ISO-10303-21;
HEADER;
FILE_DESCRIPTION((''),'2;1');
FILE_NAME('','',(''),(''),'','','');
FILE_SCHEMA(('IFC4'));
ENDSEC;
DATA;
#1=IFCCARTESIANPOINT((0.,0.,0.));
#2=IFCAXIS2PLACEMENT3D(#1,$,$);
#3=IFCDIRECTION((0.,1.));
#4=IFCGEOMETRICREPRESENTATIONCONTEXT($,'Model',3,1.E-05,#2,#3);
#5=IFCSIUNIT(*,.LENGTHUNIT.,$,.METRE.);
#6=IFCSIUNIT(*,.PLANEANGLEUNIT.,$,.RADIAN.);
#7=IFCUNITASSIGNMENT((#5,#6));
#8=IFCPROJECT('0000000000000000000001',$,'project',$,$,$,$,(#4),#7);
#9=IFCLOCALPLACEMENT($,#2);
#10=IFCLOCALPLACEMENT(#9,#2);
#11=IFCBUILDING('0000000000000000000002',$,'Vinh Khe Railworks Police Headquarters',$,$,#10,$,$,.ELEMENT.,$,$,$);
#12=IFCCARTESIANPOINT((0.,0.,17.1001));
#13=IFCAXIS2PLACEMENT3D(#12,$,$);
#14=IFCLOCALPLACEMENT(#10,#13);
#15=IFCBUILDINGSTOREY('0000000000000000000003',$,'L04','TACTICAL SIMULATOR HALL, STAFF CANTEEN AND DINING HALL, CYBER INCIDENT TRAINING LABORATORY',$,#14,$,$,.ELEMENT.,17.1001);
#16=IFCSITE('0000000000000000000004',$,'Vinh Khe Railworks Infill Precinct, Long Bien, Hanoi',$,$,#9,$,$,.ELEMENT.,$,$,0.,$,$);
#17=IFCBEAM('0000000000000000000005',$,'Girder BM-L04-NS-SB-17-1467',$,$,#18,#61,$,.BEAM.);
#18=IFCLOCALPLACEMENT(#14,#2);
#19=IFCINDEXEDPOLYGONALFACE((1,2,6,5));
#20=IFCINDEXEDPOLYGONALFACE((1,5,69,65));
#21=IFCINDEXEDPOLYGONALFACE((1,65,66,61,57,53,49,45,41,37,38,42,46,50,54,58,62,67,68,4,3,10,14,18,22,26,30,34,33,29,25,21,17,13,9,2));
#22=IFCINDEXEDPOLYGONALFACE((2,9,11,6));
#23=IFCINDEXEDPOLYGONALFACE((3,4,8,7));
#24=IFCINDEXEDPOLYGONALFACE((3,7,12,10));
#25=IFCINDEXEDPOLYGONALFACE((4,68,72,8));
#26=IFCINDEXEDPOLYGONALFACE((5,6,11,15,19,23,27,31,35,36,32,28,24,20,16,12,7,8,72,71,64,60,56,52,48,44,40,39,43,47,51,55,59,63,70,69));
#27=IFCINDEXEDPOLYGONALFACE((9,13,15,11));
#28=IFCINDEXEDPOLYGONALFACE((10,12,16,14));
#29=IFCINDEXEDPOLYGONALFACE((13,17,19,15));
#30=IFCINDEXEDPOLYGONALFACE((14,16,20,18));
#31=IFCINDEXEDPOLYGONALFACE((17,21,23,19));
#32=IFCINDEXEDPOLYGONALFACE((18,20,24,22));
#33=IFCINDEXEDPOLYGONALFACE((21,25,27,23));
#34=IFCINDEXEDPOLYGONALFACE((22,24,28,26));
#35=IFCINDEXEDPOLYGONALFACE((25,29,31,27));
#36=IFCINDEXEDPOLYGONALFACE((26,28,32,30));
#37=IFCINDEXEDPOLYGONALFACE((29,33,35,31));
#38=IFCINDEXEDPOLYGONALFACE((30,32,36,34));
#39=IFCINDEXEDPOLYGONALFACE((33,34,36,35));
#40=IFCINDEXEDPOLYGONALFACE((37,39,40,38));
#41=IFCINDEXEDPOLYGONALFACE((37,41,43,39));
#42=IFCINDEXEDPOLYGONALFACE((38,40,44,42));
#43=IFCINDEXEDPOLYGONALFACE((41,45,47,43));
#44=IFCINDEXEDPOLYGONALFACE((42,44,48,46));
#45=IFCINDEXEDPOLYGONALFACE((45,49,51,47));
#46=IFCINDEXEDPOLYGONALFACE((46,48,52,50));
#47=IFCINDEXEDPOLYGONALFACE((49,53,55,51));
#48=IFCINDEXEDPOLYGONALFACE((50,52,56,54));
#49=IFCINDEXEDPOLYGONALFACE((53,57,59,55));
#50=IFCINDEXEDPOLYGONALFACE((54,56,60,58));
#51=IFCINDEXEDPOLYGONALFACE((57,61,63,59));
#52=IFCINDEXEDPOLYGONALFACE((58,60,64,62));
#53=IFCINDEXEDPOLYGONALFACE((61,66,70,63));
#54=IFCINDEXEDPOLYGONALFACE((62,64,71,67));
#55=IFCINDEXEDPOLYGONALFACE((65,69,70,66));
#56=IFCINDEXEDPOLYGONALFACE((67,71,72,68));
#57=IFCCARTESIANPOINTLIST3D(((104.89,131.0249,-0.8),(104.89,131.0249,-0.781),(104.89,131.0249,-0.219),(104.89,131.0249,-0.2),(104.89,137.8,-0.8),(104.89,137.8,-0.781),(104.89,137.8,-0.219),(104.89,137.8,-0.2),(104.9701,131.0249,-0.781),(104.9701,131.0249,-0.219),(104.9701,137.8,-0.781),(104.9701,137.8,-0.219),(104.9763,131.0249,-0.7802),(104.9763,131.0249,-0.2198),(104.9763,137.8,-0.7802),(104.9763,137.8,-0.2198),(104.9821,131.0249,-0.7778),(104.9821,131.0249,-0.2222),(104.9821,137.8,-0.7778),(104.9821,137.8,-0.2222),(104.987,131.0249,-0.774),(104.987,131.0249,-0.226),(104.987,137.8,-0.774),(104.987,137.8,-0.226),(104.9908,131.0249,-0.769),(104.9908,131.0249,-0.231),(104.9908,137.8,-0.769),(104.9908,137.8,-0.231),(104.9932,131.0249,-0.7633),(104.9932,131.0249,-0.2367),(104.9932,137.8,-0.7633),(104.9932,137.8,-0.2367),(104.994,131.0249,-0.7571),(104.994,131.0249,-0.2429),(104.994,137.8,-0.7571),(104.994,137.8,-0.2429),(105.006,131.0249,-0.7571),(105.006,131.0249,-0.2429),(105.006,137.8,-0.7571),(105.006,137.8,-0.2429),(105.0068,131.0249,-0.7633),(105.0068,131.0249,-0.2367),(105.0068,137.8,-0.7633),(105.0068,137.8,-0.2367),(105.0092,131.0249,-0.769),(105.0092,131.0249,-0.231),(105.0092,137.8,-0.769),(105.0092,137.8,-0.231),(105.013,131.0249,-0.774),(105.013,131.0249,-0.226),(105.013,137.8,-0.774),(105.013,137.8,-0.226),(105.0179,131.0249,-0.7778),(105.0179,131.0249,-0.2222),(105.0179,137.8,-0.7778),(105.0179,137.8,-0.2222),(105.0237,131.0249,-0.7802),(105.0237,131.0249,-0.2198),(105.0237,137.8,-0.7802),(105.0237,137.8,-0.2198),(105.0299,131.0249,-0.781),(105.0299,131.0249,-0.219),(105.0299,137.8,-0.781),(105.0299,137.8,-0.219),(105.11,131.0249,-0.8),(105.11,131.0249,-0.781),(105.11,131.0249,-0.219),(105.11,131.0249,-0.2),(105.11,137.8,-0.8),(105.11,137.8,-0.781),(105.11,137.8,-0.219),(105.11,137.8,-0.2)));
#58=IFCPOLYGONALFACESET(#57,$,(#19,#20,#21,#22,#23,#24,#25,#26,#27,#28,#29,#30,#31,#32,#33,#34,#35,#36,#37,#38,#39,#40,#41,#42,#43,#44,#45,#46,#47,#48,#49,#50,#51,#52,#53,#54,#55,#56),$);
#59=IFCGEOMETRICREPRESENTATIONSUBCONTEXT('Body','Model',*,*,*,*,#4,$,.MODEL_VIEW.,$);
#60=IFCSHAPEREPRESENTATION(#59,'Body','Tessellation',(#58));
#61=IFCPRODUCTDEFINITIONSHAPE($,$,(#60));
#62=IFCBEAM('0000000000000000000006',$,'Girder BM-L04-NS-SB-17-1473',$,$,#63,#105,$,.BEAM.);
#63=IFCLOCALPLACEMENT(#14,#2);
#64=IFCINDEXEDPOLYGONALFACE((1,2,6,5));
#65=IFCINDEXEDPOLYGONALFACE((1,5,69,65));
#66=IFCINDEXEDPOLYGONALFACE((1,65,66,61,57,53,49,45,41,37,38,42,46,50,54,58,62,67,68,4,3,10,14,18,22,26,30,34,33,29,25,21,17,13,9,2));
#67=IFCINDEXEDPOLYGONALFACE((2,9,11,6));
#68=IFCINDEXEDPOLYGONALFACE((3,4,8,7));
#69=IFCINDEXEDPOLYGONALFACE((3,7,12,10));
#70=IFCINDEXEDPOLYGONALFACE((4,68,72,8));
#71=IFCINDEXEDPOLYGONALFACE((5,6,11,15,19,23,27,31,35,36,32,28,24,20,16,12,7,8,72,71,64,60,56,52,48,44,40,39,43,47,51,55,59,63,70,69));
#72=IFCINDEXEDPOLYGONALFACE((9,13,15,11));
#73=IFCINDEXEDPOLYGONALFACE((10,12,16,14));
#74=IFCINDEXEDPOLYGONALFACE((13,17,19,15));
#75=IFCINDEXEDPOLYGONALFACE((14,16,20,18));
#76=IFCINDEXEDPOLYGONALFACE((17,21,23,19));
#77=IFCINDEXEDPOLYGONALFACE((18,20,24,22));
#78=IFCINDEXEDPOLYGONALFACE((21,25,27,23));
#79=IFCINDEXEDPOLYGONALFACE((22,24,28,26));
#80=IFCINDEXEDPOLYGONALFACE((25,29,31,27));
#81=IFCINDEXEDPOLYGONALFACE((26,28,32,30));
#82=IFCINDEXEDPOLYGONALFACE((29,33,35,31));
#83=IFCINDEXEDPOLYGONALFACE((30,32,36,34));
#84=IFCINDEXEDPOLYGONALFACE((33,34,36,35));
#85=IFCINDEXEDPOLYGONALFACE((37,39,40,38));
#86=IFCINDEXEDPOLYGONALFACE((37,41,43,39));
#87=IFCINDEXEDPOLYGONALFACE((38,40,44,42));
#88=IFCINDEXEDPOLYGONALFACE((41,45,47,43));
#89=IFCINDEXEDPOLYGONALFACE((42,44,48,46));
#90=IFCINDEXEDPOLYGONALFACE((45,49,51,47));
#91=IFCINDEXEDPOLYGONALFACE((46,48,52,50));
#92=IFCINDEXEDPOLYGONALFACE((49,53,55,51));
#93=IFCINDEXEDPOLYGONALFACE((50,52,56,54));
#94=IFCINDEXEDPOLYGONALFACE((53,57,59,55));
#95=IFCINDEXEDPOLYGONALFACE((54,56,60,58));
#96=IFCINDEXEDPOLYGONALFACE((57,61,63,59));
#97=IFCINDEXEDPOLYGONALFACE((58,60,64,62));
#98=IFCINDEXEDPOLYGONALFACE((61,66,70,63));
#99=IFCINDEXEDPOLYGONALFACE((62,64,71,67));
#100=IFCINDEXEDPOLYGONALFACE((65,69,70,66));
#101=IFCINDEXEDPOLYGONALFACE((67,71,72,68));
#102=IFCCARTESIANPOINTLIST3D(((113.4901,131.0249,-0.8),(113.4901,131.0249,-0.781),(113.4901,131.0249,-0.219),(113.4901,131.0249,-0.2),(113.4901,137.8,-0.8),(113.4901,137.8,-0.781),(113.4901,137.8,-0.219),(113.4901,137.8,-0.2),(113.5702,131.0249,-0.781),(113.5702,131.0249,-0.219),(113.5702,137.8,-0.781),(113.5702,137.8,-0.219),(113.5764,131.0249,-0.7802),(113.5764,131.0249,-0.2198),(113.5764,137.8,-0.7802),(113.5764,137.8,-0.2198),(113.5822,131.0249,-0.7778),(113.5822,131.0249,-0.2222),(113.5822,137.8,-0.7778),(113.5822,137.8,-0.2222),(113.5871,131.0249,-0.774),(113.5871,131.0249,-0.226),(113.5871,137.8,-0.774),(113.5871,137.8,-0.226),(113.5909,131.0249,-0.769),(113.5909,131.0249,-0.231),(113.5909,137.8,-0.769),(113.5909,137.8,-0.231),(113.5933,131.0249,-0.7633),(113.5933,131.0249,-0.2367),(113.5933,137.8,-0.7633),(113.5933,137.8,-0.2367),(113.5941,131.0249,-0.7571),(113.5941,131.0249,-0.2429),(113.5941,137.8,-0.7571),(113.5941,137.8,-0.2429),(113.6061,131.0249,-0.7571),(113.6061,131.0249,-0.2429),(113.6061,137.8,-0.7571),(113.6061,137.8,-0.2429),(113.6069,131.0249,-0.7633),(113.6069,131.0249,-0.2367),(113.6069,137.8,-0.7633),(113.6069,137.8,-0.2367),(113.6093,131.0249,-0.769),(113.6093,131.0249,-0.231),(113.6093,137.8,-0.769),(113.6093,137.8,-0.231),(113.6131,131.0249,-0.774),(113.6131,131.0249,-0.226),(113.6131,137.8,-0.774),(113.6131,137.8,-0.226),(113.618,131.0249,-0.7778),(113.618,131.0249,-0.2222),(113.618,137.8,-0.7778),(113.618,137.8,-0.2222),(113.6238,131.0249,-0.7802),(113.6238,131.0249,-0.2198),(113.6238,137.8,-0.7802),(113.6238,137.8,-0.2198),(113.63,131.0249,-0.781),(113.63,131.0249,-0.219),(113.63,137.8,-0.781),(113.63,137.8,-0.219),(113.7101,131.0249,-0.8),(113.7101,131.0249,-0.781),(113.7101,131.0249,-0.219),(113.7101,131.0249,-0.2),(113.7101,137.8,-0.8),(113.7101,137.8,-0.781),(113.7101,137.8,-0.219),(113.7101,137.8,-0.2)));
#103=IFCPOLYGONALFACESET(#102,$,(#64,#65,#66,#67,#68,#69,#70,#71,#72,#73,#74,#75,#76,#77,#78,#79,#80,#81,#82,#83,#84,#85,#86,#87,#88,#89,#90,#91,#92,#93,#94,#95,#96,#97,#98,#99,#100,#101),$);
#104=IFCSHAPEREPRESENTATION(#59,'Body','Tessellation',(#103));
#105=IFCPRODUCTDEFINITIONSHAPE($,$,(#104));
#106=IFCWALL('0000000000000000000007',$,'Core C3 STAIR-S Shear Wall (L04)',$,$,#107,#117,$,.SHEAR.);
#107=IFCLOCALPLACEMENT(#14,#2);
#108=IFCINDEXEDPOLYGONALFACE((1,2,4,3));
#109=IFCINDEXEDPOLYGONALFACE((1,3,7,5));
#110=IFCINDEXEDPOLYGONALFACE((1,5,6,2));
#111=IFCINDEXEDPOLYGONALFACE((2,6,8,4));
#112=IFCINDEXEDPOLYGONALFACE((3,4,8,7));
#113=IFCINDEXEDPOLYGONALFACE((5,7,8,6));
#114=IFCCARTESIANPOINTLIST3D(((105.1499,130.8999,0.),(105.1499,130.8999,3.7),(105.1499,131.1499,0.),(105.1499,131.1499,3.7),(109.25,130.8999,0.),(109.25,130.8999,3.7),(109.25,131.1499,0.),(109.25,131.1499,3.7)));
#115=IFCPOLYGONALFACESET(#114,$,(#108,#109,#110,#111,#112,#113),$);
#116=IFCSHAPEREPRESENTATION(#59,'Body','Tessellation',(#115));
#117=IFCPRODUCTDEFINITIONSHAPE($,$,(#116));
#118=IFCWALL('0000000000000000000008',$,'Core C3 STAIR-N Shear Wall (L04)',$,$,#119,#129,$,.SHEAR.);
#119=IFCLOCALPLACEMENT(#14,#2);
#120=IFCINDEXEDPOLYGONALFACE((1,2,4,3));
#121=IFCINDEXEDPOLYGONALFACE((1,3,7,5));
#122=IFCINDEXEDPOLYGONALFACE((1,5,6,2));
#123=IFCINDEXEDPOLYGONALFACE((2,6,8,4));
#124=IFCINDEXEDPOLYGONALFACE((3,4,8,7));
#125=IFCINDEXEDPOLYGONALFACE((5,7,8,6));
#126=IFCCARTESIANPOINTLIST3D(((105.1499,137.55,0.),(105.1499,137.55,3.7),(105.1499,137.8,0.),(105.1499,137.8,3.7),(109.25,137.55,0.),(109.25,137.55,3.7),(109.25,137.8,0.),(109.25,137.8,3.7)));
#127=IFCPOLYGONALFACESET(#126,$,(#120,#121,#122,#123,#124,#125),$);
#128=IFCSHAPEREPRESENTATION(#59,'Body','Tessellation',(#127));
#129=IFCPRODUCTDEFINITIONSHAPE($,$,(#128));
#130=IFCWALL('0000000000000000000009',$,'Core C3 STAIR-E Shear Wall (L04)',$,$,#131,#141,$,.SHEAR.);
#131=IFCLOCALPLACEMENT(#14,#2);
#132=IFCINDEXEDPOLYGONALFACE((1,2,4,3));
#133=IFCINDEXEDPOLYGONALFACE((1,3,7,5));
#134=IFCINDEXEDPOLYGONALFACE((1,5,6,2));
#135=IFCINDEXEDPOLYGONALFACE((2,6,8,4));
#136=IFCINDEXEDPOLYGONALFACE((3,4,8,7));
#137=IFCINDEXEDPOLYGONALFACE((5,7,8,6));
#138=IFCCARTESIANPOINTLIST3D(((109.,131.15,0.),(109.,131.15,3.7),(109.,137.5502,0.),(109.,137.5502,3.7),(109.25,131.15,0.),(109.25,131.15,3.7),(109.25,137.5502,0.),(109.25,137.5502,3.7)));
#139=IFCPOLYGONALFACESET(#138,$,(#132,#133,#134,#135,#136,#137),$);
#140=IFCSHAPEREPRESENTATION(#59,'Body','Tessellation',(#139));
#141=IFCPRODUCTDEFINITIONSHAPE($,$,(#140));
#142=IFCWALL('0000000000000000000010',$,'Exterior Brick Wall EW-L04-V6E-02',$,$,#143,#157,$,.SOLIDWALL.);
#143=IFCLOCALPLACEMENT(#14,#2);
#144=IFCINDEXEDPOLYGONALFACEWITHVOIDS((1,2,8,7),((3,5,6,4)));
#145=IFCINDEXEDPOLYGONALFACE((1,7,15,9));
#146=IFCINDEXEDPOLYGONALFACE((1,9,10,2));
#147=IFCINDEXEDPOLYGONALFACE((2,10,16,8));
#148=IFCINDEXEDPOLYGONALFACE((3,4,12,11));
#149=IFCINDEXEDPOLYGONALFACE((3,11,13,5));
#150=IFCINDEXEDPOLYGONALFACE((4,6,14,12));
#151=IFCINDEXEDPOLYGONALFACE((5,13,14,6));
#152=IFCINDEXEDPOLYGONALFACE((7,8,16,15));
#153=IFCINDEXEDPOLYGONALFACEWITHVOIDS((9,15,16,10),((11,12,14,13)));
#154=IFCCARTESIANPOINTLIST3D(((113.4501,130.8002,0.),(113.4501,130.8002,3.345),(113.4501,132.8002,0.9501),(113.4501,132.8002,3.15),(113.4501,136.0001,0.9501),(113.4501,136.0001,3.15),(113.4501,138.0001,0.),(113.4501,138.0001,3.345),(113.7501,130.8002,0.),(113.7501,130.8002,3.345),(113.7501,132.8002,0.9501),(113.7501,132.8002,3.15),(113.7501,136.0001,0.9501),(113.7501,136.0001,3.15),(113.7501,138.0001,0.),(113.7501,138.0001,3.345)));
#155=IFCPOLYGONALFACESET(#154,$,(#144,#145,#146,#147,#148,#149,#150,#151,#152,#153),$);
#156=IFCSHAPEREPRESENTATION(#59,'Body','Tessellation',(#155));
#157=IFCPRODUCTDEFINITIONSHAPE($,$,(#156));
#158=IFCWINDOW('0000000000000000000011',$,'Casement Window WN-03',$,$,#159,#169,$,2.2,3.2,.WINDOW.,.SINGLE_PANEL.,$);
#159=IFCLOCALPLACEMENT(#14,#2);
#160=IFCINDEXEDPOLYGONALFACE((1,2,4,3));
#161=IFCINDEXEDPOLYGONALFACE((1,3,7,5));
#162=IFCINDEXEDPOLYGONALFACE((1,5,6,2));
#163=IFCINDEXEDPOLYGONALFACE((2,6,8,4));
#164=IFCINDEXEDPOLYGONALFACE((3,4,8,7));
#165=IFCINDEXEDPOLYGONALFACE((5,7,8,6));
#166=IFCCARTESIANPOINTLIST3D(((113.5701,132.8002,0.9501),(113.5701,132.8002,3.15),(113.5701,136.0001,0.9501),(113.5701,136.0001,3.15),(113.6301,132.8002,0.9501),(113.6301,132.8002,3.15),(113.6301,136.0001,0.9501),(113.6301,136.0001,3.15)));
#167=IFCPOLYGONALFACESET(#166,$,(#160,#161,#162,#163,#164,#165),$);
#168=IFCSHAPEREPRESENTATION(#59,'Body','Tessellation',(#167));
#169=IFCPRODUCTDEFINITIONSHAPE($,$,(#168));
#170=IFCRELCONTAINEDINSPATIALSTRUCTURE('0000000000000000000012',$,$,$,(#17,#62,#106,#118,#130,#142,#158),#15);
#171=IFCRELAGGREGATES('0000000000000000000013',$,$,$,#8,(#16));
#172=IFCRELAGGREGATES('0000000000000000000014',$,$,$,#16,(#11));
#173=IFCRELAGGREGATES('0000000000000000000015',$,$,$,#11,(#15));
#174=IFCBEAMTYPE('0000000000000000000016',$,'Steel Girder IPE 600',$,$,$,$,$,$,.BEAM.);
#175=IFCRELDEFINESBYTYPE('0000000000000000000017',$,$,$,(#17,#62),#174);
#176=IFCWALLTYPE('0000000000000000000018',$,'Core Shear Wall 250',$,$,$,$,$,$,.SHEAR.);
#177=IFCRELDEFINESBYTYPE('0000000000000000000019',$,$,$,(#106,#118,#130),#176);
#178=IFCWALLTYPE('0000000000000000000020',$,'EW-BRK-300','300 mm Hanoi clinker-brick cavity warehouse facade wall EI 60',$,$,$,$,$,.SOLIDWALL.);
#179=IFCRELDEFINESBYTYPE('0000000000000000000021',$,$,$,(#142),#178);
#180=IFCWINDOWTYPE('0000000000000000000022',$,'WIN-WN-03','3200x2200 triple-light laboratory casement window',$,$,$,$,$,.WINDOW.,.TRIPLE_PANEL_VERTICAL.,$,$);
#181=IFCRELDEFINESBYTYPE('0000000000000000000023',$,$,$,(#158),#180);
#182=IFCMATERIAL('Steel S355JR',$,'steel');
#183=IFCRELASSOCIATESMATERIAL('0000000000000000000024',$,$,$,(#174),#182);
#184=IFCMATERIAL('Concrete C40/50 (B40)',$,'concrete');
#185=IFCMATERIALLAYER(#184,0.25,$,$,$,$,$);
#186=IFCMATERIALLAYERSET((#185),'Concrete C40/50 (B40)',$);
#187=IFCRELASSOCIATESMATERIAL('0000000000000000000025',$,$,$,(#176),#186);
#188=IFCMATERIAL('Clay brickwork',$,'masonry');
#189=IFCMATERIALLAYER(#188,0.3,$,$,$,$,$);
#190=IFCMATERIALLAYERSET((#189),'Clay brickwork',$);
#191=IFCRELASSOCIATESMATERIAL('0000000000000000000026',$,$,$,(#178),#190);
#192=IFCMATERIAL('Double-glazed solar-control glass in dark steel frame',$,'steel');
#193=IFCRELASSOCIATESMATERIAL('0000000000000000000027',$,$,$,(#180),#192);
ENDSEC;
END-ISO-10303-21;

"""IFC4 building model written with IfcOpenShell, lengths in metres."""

from ifc_helpers import new_model, si_unit, direction, frame, frame_2d, origin, origin_2d, place, context, subcontext, project, spatial, rectangle, i_section, extrude, material, layer, layer_set, material_profile, profile_set, type_object, element, fill, save


model = new_model("IFC4")

# Units and contexts
model_context = context("Model", 3, precision=1e-05, world=origin(), true_north=direction((0.0, 1.0)))
body_context = subcontext(model_context, "Body", "Model", "MODEL_VIEW")
ifc_project = project(units=[si_unit("LENGTHUNIT", "METRE"), si_unit("PLANEANGLEUNIT", "RADIAN")], contexts=[model_context])

# Site, building, storey
site_placement = place(None, origin())
site = spatial("IfcSite", under=ifc_project, at=site_placement, Name="Vinh Khe Railworks Infill Precinct, Long Bien, Hanoi", CompositionType="ELEMENT", RefElevation=0.0)
building_placement = place(site_placement, origin())
building = spatial("IfcBuilding", under=site, at=building_placement, Name="Vinh Khe Railworks Police Headquarters", CompositionType="ELEMENT")
storey_placement = place(building_placement, frame((0.0, 0.0, 17.1001)))
storey = spatial("IfcBuildingStorey", under=building, at=storey_placement, Name="L04", Description="TACTICAL SIMULATOR HALL, STAFF CANTEEN AND DINING HALL, CYBER INCIDENT TRAINING LABORATORY", CompositionType="ELEMENT", Elevation=17.1001)

# Shared definitions
ifc_material_1 = material(Name="Steel S355JR", Category="steel")

# Beams
ifc_material_profile_1 = material_profile(ifc_material_1, i_section(OverallWidth=0.22, OverallDepth=0.6001, WebThickness=0.012, FlangeThickness=0.019, FilletRadius=0.0239, at=origin_2d()), Name="IPE 600")
ifc_profile_set_1 = profile_set([ifc_material_profile_1], Name="Steel S355JR")
beam_type_1 = type_object("IfcBeamType", Name="Steel Girder IPE 600", PredefinedType="BEAM", material=ifc_profile_set_1)
for number, where, z_axis, x_axis, name in (
    (1, (105.0, 131.0249, -0.5), (0.0, 1.0, 0.0), (-1.0, 0.0, 0.0), "Girder BM-L04-NS-SB-17-1467"),
    (2, (113.6001, 131.0249, -0.5), (0.0, 1.0, 0.0), (-1.0, 0.0, 0.0), "Girder BM-L04-NS-SB-17-1473"),
):
    element("IfcBeam", number, at=place(storey_placement, frame(where, z_axis=z_axis, x_axis=x_axis)), inside=storey, type_object=beam_type_1, Name=name, PredefinedType="BEAM", context=body_context, shape_type="SweptSolid", body=[
        extrude(i_section(OverallWidth=0.22, OverallDepth=0.6001, WebThickness=0.012, FlangeThickness=0.019, FilletRadius=0.0239, at=origin_2d()), origin(), (0.0, 0.0, 1.0), 6.7751),
    ])

# Walls
ifc_material_2 = material(Name="Concrete C40/50 (B40)", Category="concrete")
ifc_layer_1 = layer(ifc_material_2, 0.25)
ifc_layer_set_1 = layer_set([ifc_layer_1], Name="Concrete C40/50 (B40)")
wall_type_1 = type_object("IfcWallType", Name="Core Shear Wall 250", PredefinedType="SHEAR", material=ifc_layer_set_1)
for number, where, z_axis, x_axis, name in (
    (3, (105.1499, 131.0249, 0.0), (0.0, 0.0, 1.0), (1.0, 0.0, 0.0), "Core C3 STAIR-S Shear Wall (L04)"),
    (4, (105.1499, 137.675, 0.0), (0.0, 0.0, 1.0), (1.0, 0.0, 0.0), "Core C3 STAIR-N Shear Wall (L04)"),
):
    element("IfcWall", number, at=place(storey_placement, frame(where, z_axis=z_axis, x_axis=x_axis)), inside=storey, type_object=wall_type_1, Name=name, PredefinedType="SHEAR", context=body_context, shape_type="SweptSolid", body=[
        extrude(rectangle(XDim=4.1001, YDim=0.25, at=frame_2d((2.05, 0.0))), origin(), (0.0, 0.0, 1.0), 3.7),
    ])

# Wall
wall_1_placement = place(storey_placement, frame((109.125, 131.1499, 0.0), z_axis=(0.0, 0.0, 1.0), x_axis=(0.0, 1.0, 0.0)))
element("IfcWall", 5, at=wall_1_placement, inside=storey, type_object=wall_type_1, Name="Core C3 STAIR-E Shear Wall (L04)", PredefinedType="SHEAR", context=body_context, shape_type="SweptSolid", body=[
    extrude(rectangle(XDim=6.4001, YDim=0.25, at=frame_2d((3.2002, 0.0))), origin(), (0.0, 0.0, 1.0), 3.7),
])

# Wall, opening, window
ifc_material_3 = material(Name="Clay brickwork", Category="masonry")
ifc_layer_2 = layer(ifc_material_3, 0.3)
ifc_layer_set_2 = layer_set([ifc_layer_2], Name="Clay brickwork")
wall_type_2 = type_object("IfcWallType", Name="EW-BRK-300", Description="300 mm Hanoi clinker-brick cavity warehouse facade wall EI 60", PredefinedType="SOLIDWALL", material=ifc_layer_set_2)
wall_2_placement = place(storey_placement, frame((113.6001, 130.8, 0.0), z_axis=(0.0, 0.0, 1.0), x_axis=(0.0, 1.0, 0.0)))
wall_2 = element("IfcWall", 6, at=wall_2_placement, inside=storey, type_object=wall_type_2, Name="Exterior Brick Wall EW-L04-V6E-02", PredefinedType="SOLIDWALL", context=body_context, shape_type="SweptSolid", body=[
    extrude(rectangle(XDim=7.2, YDim=0.3, at=frame_2d((3.6001, 0.0))), origin(), (0.0, 0.0, 1.0), 3.345),
])
opening_1_placement = place(wall_2_placement, frame((2.0, 0.0, 0.95)))
opening_1 = element("IfcOpeningElement", 7, at=opening_1_placement, cuts=wall_2, PredefinedType="OPENING", context=body_context, shape_type="SweptSolid", body=[
    extrude(rectangle(XDim=3.2, YDim=2.2, at=frame_2d((1.6001, 1.1001))), frame((0.0, 0.165, 0.0), z_axis=(0.0, -1.0, 0.0), x_axis=(1.0, 0.0, 0.0)), (0.0, 0.0, 1.0), 0.3298),
])
ifc_material_4 = material(Name="Double-glazed solar-control glass in dark steel frame", Category="steel")
window_type_1 = type_object("IfcWindowType", Name="WIN-WN-03", Description="3200x2200 triple-light laboratory casement window", PartitioningType="TRIPLE_PANEL_VERTICAL", PredefinedType="WINDOW", material=ifc_material_4)
window_1_placement = place(opening_1_placement, origin())
window_1 = element("IfcWindow", 8, at=window_1_placement, inside=storey, type_object=window_type_1, Name="Casement Window WN-03", OverallHeight=2.2, OverallWidth=3.2, PartitioningType="SINGLE_PANEL", PredefinedType="WINDOW", context=body_context, shape_type="SweptSolid", body=[
    extrude(rectangle(XDim=3.2, YDim=2.2, at=frame_2d((1.6001, 1.1001))), frame((0.0, 0.03, 0.0), z_axis=(0.0, -1.0, 0.0), x_axis=(1.0, 0.0, 0.0)), (0.0, 0.0, 1.0), 0.0601),
])
fill(opening_1, window_1)

save(model, "model.ifc")
